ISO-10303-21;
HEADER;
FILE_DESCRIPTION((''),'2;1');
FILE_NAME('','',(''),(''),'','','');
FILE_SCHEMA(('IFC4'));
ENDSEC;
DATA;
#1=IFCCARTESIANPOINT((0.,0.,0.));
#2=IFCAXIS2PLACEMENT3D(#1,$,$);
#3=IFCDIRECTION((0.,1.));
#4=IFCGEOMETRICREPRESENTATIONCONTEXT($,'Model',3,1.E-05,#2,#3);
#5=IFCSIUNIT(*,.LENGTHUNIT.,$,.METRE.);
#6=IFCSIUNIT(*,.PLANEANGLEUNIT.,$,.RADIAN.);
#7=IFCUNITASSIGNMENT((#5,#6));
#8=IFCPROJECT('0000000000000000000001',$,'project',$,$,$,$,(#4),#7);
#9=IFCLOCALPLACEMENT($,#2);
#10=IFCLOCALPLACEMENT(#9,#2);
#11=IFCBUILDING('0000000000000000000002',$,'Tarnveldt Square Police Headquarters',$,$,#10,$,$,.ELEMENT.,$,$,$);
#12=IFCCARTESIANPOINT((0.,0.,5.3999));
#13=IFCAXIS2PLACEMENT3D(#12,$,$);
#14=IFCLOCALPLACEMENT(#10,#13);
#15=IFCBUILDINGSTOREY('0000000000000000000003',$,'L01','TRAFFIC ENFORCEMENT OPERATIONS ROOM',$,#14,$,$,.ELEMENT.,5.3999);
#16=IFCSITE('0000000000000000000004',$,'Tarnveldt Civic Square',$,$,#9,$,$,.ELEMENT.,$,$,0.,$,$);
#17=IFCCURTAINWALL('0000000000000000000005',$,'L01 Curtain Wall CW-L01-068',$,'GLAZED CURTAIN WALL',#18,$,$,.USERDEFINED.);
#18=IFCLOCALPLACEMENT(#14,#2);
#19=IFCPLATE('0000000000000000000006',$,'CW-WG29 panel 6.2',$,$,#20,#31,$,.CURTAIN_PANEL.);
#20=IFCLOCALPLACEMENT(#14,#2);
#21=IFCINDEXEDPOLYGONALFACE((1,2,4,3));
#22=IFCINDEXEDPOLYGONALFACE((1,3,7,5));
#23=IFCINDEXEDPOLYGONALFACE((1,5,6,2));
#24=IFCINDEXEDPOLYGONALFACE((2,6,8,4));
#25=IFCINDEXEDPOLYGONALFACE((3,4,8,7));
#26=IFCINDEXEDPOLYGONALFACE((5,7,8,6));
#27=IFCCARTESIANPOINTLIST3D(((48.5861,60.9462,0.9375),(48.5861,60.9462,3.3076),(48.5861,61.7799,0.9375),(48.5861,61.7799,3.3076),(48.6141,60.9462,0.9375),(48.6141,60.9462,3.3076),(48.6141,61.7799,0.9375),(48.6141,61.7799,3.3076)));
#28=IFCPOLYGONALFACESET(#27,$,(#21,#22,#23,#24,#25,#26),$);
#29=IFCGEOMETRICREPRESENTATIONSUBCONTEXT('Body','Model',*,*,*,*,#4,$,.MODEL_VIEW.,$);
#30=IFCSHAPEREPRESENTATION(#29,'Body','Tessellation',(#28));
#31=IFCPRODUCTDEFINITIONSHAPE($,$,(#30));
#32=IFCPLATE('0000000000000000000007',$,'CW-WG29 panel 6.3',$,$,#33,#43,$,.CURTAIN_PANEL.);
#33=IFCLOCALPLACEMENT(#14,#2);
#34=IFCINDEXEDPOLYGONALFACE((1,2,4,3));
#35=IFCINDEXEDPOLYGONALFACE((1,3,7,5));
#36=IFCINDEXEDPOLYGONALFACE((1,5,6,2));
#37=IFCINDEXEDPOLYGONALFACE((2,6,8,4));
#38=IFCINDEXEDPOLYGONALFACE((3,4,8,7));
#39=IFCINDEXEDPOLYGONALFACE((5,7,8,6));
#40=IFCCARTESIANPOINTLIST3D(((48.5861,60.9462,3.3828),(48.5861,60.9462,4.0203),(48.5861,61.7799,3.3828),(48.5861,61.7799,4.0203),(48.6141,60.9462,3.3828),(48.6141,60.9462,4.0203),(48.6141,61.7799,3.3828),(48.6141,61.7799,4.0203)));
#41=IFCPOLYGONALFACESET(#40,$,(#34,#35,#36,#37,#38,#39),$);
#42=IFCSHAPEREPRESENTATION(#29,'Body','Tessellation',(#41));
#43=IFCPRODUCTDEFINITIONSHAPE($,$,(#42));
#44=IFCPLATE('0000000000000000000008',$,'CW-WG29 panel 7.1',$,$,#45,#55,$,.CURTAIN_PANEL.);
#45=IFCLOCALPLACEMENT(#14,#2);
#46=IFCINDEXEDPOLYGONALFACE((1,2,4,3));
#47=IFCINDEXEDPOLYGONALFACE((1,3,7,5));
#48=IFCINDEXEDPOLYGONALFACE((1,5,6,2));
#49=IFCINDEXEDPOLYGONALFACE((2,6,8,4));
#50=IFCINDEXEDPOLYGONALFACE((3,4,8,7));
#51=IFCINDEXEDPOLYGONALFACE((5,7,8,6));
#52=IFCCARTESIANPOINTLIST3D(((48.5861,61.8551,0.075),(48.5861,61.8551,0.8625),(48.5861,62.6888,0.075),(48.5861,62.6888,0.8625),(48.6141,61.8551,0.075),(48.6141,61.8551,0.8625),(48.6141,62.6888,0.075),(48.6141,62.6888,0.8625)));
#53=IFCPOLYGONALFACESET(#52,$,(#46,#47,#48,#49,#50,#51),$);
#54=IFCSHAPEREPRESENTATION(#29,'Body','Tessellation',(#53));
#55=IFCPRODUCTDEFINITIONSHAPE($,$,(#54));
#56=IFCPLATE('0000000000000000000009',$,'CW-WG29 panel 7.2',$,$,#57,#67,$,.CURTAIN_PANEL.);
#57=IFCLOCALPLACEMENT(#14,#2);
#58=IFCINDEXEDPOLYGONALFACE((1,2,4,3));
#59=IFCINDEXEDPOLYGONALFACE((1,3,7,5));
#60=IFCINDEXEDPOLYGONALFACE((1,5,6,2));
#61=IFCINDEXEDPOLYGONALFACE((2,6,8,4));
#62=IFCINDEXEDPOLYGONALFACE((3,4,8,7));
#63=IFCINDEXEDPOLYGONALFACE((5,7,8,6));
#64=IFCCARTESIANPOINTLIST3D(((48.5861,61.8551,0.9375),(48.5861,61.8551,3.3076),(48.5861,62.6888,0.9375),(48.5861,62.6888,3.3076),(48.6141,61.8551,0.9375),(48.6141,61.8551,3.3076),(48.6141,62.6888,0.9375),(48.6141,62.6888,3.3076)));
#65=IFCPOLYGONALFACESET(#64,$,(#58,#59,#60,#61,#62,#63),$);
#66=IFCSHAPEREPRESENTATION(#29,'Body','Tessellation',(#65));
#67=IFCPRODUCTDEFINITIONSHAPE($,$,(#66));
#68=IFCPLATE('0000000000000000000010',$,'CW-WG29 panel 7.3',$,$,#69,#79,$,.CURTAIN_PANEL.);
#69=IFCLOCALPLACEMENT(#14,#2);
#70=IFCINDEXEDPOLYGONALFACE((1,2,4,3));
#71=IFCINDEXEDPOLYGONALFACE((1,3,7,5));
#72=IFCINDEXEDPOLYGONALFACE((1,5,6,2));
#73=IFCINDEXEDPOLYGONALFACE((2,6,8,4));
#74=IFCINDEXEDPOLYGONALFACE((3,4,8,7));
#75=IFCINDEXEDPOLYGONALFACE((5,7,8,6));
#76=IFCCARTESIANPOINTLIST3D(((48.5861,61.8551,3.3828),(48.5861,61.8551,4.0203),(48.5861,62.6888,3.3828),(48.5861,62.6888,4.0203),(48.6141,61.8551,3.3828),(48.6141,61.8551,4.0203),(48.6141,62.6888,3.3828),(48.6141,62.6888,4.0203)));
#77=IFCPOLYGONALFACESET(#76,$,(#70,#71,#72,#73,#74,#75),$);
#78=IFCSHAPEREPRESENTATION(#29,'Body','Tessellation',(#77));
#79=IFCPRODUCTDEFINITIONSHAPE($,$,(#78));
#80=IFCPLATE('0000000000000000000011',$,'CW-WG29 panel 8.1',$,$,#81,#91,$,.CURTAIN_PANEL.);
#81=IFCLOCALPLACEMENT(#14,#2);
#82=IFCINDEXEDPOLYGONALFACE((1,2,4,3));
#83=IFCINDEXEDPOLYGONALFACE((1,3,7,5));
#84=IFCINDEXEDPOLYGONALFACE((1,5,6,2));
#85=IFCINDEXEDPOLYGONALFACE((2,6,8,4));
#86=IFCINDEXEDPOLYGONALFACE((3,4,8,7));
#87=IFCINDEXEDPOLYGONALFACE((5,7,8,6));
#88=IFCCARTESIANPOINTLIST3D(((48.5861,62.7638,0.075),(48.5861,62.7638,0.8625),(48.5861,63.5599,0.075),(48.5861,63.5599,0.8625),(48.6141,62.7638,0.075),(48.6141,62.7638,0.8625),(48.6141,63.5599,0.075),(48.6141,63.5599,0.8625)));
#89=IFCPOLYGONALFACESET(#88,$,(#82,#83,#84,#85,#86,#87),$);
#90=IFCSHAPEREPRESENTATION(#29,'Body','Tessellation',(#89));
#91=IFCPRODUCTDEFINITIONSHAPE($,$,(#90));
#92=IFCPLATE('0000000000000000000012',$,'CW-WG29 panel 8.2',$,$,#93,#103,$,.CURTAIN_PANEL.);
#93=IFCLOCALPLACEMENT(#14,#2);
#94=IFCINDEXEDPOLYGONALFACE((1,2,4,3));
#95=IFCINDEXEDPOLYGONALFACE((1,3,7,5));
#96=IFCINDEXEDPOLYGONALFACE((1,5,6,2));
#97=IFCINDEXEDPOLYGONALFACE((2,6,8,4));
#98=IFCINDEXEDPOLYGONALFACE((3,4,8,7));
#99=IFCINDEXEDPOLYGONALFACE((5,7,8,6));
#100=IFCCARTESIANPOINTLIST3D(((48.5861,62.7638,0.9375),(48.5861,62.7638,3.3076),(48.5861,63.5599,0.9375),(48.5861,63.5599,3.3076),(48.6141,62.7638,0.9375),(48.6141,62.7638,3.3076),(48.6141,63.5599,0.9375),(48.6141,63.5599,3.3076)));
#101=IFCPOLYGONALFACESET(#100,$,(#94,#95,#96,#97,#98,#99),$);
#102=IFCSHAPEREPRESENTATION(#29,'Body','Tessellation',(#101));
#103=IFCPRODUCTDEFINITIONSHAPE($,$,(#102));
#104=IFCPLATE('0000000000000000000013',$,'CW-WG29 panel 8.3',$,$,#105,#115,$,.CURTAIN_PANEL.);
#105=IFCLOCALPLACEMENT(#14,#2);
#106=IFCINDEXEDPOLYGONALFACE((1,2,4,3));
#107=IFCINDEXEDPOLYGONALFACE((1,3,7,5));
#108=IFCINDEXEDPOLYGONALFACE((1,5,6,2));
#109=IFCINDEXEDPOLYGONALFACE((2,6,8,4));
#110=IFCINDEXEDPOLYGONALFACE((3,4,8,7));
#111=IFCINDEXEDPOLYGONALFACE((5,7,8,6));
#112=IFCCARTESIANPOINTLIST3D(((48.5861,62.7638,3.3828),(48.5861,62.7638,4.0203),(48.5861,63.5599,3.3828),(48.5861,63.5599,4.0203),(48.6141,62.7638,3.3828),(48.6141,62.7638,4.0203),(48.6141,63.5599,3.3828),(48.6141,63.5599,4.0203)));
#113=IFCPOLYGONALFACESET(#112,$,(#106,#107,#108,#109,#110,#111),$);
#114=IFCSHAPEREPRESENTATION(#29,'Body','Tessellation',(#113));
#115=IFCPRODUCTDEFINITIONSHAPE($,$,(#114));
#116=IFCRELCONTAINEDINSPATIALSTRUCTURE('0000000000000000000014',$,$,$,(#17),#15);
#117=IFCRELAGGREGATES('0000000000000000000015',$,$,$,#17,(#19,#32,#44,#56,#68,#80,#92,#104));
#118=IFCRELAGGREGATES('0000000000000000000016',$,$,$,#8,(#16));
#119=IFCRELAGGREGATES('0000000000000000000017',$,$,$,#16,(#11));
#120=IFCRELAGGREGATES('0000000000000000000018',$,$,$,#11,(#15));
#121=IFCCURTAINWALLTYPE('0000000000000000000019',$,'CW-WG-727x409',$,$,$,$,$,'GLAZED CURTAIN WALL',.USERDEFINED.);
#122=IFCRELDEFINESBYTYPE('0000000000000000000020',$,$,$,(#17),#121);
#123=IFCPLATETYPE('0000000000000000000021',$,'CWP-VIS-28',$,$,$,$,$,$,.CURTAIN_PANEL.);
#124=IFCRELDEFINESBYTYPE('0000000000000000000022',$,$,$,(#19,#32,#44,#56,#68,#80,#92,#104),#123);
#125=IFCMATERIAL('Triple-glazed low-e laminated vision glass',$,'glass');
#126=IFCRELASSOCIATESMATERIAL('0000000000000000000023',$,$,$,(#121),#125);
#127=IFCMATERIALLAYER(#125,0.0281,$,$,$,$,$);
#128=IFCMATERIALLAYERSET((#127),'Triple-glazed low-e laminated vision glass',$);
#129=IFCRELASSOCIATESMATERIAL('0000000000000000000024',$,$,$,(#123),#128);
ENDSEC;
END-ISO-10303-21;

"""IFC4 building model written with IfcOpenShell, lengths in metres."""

from ifc_helpers import new_model, si_unit, direction, frame, origin, origin_2d, place, context, subcontext, project, spatial, rectangle, extrude, material, layer, layer_set, type_object, element, aggregate, save


model = new_model("IFC4")

# Units and contexts
model_context = context("Model", 3, precision=1e-05, world=origin(), true_north=direction((0.0, 1.0)))
body_context = subcontext(model_context, "Body", "Model", "MODEL_VIEW")
ifc_project = project(units=[si_unit("LENGTHUNIT", "METRE"), si_unit("PLANEANGLEUNIT", "RADIAN")], contexts=[model_context])

# Site, building, storey
site_placement = place(None, origin())
site = spatial("IfcSite", under=ifc_project, at=site_placement, Name="Tarnveldt Civic Square", CompositionType="ELEMENT", RefElevation=0.0)
building_placement = place(site_placement, origin())
building = spatial("IfcBuilding", under=site, at=building_placement, Name="Tarnveldt Square Police Headquarters", CompositionType="ELEMENT")
storey_placement = place(building_placement, frame((0.0, 0.0, 5.3999)))
storey = spatial("IfcBuildingStorey", under=building, at=storey_placement, Name="L01", Description="TRAFFIC ENFORCEMENT OPERATIONS ROOM", CompositionType="ELEMENT", Elevation=5.3999)

# Curtain wall
ifc_material_1 = material(Name="Triple-glazed low-e laminated vision glass", Category="glass")
curtain_wall_type_1 = type_object("IfcCurtainWallType", Name="CW-WG-727x409", ElementType="GLAZED CURTAIN WALL", PredefinedType="USERDEFINED", material=ifc_material_1)
curtain_wall_1_placement = place(storey_placement, origin())
curtain_wall_1 = element("IfcCurtainWall", 1, at=curtain_wall_1_placement, inside=storey, type_object=curtain_wall_type_1, Name="L01 Curtain Wall CW-L01-068", ObjectType="GLAZED CURTAIN WALL", PredefinedType="USERDEFINED")

# Plates
ifc_layer = layer(ifc_material_1, 0.0281)
ifc_layer_set = layer_set([ifc_layer], Name="Triple-glazed low-e laminated vision glass")
plate_type = type_object("IfcPlateType", Name="CWP-VIS-28", PredefinedType="CURTAIN_PANEL", material=ifc_layer_set)
plate_1_placement = place(storey_placement, frame((48.6001, 61.363, 0.9375), z_axis=(0.0, 0.0, 1.0), x_axis=(0.0, 1.0, 0.0)))
plate_1 = element("IfcPlate", 2, at=plate_1_placement, type_object=plate_type, Name="CW-WG29 panel 6.2", PredefinedType="CURTAIN_PANEL", context=body_context, shape_type="SweptSolid", body=[
    extrude(rectangle(XDim=0.8337, YDim=0.0281, at=origin_2d()), origin(), (0.0, 0.0, 1.0), 2.3701),
])
plate_2_placement = place(storey_placement, frame((48.6001, 61.363, 3.3828), z_axis=(0.0, 0.0, 1.0), x_axis=(0.0, 1.0, 0.0)))
plate_2 = element("IfcPlate", 3, at=plate_2_placement, type_object=plate_type, Name="CW-WG29 panel 6.3", PredefinedType="CURTAIN_PANEL", context=body_context, shape_type="SweptSolid", body=[
    extrude(rectangle(XDim=0.8337, YDim=0.0281, at=origin_2d()), origin(), (0.0, 0.0, 1.0), 0.6375),
])
plate_3_placement = place(storey_placement, frame((48.6001, 62.272, 0.075), z_axis=(0.0, 0.0, 1.0), x_axis=(0.0, 1.0, 0.0)))
plate_3 = element("IfcPlate", 4, at=plate_3_placement, type_object=plate_type, Name="CW-WG29 panel 7.1", PredefinedType="CURTAIN_PANEL", context=body_context, shape_type="SweptSolid", body=[
    extrude(rectangle(XDim=0.8337, YDim=0.0281, at=origin_2d()), origin(), (0.0, 0.0, 1.0), 0.7876),
])
plate_4_placement = place(storey_placement, frame((48.6001, 62.272, 0.9375), z_axis=(0.0, 0.0, 1.0), x_axis=(0.0, 1.0, 0.0)))
plate_4 = element("IfcPlate", 5, at=plate_4_placement, type_object=plate_type, Name="CW-WG29 panel 7.2", PredefinedType="CURTAIN_PANEL", context=body_context, shape_type="SweptSolid", body=[
    extrude(rectangle(XDim=0.8337, YDim=0.0281, at=origin_2d()), origin(), (0.0, 0.0, 1.0), 2.3701),
])
plate_5_placement = place(storey_placement, frame((48.6001, 62.272, 3.3828), z_axis=(0.0, 0.0, 1.0), x_axis=(0.0, 1.0, 0.0)))
plate_5 = element("IfcPlate", 6, at=plate_5_placement, type_object=plate_type, Name="CW-WG29 panel 7.3", PredefinedType="CURTAIN_PANEL", context=body_context, shape_type="SweptSolid", body=[
    extrude(rectangle(XDim=0.8337, YDim=0.0281, at=origin_2d()), origin(), (0.0, 0.0, 1.0), 0.6375),
])
plate_6_placement = place(storey_placement, frame((48.6001, 63.1619, 0.075), z_axis=(0.0, 0.0, 1.0), x_axis=(0.0, 1.0, 0.0)))
plate_6 = element("IfcPlate", 7, at=plate_6_placement, type_object=plate_type, Name="CW-WG29 panel 8.1", PredefinedType="CURTAIN_PANEL", context=body_context, shape_type="SweptSolid", body=[
    extrude(rectangle(XDim=0.7961, YDim=0.0281, at=origin_2d()), origin(), (0.0, 0.0, 1.0), 0.7876),
])
plate_7_placement = place(storey_placement, frame((48.6001, 63.1619, 0.9375), z_axis=(0.0, 0.0, 1.0), x_axis=(0.0, 1.0, 0.0)))
plate_7 = element("IfcPlate", 8, at=plate_7_placement, type_object=plate_type, Name="CW-WG29 panel 8.2", PredefinedType="CURTAIN_PANEL", context=body_context, shape_type="SweptSolid", body=[
    extrude(rectangle(XDim=0.7961, YDim=0.0281, at=origin_2d()), origin(), (0.0, 0.0, 1.0), 2.3701),
])
plate_8_placement = place(storey_placement, frame((48.6001, 63.1619, 3.3828), z_axis=(0.0, 0.0, 1.0), x_axis=(0.0, 1.0, 0.0)))
plate_8 = element("IfcPlate", 9, at=plate_8_placement, type_object=plate_type, Name="CW-WG29 panel 8.3", PredefinedType="CURTAIN_PANEL", context=body_context, shape_type="SweptSolid", body=[
    extrude(rectangle(XDim=0.7961, YDim=0.0281, at=origin_2d()), origin(), (0.0, 0.0, 1.0), 0.6375),
])
aggregate(curtain_wall_1, [plate_1, plate_2, plate_3, plate_4, plate_5, plate_6, plate_7, plate_8])

save(model, "model.ifc")
